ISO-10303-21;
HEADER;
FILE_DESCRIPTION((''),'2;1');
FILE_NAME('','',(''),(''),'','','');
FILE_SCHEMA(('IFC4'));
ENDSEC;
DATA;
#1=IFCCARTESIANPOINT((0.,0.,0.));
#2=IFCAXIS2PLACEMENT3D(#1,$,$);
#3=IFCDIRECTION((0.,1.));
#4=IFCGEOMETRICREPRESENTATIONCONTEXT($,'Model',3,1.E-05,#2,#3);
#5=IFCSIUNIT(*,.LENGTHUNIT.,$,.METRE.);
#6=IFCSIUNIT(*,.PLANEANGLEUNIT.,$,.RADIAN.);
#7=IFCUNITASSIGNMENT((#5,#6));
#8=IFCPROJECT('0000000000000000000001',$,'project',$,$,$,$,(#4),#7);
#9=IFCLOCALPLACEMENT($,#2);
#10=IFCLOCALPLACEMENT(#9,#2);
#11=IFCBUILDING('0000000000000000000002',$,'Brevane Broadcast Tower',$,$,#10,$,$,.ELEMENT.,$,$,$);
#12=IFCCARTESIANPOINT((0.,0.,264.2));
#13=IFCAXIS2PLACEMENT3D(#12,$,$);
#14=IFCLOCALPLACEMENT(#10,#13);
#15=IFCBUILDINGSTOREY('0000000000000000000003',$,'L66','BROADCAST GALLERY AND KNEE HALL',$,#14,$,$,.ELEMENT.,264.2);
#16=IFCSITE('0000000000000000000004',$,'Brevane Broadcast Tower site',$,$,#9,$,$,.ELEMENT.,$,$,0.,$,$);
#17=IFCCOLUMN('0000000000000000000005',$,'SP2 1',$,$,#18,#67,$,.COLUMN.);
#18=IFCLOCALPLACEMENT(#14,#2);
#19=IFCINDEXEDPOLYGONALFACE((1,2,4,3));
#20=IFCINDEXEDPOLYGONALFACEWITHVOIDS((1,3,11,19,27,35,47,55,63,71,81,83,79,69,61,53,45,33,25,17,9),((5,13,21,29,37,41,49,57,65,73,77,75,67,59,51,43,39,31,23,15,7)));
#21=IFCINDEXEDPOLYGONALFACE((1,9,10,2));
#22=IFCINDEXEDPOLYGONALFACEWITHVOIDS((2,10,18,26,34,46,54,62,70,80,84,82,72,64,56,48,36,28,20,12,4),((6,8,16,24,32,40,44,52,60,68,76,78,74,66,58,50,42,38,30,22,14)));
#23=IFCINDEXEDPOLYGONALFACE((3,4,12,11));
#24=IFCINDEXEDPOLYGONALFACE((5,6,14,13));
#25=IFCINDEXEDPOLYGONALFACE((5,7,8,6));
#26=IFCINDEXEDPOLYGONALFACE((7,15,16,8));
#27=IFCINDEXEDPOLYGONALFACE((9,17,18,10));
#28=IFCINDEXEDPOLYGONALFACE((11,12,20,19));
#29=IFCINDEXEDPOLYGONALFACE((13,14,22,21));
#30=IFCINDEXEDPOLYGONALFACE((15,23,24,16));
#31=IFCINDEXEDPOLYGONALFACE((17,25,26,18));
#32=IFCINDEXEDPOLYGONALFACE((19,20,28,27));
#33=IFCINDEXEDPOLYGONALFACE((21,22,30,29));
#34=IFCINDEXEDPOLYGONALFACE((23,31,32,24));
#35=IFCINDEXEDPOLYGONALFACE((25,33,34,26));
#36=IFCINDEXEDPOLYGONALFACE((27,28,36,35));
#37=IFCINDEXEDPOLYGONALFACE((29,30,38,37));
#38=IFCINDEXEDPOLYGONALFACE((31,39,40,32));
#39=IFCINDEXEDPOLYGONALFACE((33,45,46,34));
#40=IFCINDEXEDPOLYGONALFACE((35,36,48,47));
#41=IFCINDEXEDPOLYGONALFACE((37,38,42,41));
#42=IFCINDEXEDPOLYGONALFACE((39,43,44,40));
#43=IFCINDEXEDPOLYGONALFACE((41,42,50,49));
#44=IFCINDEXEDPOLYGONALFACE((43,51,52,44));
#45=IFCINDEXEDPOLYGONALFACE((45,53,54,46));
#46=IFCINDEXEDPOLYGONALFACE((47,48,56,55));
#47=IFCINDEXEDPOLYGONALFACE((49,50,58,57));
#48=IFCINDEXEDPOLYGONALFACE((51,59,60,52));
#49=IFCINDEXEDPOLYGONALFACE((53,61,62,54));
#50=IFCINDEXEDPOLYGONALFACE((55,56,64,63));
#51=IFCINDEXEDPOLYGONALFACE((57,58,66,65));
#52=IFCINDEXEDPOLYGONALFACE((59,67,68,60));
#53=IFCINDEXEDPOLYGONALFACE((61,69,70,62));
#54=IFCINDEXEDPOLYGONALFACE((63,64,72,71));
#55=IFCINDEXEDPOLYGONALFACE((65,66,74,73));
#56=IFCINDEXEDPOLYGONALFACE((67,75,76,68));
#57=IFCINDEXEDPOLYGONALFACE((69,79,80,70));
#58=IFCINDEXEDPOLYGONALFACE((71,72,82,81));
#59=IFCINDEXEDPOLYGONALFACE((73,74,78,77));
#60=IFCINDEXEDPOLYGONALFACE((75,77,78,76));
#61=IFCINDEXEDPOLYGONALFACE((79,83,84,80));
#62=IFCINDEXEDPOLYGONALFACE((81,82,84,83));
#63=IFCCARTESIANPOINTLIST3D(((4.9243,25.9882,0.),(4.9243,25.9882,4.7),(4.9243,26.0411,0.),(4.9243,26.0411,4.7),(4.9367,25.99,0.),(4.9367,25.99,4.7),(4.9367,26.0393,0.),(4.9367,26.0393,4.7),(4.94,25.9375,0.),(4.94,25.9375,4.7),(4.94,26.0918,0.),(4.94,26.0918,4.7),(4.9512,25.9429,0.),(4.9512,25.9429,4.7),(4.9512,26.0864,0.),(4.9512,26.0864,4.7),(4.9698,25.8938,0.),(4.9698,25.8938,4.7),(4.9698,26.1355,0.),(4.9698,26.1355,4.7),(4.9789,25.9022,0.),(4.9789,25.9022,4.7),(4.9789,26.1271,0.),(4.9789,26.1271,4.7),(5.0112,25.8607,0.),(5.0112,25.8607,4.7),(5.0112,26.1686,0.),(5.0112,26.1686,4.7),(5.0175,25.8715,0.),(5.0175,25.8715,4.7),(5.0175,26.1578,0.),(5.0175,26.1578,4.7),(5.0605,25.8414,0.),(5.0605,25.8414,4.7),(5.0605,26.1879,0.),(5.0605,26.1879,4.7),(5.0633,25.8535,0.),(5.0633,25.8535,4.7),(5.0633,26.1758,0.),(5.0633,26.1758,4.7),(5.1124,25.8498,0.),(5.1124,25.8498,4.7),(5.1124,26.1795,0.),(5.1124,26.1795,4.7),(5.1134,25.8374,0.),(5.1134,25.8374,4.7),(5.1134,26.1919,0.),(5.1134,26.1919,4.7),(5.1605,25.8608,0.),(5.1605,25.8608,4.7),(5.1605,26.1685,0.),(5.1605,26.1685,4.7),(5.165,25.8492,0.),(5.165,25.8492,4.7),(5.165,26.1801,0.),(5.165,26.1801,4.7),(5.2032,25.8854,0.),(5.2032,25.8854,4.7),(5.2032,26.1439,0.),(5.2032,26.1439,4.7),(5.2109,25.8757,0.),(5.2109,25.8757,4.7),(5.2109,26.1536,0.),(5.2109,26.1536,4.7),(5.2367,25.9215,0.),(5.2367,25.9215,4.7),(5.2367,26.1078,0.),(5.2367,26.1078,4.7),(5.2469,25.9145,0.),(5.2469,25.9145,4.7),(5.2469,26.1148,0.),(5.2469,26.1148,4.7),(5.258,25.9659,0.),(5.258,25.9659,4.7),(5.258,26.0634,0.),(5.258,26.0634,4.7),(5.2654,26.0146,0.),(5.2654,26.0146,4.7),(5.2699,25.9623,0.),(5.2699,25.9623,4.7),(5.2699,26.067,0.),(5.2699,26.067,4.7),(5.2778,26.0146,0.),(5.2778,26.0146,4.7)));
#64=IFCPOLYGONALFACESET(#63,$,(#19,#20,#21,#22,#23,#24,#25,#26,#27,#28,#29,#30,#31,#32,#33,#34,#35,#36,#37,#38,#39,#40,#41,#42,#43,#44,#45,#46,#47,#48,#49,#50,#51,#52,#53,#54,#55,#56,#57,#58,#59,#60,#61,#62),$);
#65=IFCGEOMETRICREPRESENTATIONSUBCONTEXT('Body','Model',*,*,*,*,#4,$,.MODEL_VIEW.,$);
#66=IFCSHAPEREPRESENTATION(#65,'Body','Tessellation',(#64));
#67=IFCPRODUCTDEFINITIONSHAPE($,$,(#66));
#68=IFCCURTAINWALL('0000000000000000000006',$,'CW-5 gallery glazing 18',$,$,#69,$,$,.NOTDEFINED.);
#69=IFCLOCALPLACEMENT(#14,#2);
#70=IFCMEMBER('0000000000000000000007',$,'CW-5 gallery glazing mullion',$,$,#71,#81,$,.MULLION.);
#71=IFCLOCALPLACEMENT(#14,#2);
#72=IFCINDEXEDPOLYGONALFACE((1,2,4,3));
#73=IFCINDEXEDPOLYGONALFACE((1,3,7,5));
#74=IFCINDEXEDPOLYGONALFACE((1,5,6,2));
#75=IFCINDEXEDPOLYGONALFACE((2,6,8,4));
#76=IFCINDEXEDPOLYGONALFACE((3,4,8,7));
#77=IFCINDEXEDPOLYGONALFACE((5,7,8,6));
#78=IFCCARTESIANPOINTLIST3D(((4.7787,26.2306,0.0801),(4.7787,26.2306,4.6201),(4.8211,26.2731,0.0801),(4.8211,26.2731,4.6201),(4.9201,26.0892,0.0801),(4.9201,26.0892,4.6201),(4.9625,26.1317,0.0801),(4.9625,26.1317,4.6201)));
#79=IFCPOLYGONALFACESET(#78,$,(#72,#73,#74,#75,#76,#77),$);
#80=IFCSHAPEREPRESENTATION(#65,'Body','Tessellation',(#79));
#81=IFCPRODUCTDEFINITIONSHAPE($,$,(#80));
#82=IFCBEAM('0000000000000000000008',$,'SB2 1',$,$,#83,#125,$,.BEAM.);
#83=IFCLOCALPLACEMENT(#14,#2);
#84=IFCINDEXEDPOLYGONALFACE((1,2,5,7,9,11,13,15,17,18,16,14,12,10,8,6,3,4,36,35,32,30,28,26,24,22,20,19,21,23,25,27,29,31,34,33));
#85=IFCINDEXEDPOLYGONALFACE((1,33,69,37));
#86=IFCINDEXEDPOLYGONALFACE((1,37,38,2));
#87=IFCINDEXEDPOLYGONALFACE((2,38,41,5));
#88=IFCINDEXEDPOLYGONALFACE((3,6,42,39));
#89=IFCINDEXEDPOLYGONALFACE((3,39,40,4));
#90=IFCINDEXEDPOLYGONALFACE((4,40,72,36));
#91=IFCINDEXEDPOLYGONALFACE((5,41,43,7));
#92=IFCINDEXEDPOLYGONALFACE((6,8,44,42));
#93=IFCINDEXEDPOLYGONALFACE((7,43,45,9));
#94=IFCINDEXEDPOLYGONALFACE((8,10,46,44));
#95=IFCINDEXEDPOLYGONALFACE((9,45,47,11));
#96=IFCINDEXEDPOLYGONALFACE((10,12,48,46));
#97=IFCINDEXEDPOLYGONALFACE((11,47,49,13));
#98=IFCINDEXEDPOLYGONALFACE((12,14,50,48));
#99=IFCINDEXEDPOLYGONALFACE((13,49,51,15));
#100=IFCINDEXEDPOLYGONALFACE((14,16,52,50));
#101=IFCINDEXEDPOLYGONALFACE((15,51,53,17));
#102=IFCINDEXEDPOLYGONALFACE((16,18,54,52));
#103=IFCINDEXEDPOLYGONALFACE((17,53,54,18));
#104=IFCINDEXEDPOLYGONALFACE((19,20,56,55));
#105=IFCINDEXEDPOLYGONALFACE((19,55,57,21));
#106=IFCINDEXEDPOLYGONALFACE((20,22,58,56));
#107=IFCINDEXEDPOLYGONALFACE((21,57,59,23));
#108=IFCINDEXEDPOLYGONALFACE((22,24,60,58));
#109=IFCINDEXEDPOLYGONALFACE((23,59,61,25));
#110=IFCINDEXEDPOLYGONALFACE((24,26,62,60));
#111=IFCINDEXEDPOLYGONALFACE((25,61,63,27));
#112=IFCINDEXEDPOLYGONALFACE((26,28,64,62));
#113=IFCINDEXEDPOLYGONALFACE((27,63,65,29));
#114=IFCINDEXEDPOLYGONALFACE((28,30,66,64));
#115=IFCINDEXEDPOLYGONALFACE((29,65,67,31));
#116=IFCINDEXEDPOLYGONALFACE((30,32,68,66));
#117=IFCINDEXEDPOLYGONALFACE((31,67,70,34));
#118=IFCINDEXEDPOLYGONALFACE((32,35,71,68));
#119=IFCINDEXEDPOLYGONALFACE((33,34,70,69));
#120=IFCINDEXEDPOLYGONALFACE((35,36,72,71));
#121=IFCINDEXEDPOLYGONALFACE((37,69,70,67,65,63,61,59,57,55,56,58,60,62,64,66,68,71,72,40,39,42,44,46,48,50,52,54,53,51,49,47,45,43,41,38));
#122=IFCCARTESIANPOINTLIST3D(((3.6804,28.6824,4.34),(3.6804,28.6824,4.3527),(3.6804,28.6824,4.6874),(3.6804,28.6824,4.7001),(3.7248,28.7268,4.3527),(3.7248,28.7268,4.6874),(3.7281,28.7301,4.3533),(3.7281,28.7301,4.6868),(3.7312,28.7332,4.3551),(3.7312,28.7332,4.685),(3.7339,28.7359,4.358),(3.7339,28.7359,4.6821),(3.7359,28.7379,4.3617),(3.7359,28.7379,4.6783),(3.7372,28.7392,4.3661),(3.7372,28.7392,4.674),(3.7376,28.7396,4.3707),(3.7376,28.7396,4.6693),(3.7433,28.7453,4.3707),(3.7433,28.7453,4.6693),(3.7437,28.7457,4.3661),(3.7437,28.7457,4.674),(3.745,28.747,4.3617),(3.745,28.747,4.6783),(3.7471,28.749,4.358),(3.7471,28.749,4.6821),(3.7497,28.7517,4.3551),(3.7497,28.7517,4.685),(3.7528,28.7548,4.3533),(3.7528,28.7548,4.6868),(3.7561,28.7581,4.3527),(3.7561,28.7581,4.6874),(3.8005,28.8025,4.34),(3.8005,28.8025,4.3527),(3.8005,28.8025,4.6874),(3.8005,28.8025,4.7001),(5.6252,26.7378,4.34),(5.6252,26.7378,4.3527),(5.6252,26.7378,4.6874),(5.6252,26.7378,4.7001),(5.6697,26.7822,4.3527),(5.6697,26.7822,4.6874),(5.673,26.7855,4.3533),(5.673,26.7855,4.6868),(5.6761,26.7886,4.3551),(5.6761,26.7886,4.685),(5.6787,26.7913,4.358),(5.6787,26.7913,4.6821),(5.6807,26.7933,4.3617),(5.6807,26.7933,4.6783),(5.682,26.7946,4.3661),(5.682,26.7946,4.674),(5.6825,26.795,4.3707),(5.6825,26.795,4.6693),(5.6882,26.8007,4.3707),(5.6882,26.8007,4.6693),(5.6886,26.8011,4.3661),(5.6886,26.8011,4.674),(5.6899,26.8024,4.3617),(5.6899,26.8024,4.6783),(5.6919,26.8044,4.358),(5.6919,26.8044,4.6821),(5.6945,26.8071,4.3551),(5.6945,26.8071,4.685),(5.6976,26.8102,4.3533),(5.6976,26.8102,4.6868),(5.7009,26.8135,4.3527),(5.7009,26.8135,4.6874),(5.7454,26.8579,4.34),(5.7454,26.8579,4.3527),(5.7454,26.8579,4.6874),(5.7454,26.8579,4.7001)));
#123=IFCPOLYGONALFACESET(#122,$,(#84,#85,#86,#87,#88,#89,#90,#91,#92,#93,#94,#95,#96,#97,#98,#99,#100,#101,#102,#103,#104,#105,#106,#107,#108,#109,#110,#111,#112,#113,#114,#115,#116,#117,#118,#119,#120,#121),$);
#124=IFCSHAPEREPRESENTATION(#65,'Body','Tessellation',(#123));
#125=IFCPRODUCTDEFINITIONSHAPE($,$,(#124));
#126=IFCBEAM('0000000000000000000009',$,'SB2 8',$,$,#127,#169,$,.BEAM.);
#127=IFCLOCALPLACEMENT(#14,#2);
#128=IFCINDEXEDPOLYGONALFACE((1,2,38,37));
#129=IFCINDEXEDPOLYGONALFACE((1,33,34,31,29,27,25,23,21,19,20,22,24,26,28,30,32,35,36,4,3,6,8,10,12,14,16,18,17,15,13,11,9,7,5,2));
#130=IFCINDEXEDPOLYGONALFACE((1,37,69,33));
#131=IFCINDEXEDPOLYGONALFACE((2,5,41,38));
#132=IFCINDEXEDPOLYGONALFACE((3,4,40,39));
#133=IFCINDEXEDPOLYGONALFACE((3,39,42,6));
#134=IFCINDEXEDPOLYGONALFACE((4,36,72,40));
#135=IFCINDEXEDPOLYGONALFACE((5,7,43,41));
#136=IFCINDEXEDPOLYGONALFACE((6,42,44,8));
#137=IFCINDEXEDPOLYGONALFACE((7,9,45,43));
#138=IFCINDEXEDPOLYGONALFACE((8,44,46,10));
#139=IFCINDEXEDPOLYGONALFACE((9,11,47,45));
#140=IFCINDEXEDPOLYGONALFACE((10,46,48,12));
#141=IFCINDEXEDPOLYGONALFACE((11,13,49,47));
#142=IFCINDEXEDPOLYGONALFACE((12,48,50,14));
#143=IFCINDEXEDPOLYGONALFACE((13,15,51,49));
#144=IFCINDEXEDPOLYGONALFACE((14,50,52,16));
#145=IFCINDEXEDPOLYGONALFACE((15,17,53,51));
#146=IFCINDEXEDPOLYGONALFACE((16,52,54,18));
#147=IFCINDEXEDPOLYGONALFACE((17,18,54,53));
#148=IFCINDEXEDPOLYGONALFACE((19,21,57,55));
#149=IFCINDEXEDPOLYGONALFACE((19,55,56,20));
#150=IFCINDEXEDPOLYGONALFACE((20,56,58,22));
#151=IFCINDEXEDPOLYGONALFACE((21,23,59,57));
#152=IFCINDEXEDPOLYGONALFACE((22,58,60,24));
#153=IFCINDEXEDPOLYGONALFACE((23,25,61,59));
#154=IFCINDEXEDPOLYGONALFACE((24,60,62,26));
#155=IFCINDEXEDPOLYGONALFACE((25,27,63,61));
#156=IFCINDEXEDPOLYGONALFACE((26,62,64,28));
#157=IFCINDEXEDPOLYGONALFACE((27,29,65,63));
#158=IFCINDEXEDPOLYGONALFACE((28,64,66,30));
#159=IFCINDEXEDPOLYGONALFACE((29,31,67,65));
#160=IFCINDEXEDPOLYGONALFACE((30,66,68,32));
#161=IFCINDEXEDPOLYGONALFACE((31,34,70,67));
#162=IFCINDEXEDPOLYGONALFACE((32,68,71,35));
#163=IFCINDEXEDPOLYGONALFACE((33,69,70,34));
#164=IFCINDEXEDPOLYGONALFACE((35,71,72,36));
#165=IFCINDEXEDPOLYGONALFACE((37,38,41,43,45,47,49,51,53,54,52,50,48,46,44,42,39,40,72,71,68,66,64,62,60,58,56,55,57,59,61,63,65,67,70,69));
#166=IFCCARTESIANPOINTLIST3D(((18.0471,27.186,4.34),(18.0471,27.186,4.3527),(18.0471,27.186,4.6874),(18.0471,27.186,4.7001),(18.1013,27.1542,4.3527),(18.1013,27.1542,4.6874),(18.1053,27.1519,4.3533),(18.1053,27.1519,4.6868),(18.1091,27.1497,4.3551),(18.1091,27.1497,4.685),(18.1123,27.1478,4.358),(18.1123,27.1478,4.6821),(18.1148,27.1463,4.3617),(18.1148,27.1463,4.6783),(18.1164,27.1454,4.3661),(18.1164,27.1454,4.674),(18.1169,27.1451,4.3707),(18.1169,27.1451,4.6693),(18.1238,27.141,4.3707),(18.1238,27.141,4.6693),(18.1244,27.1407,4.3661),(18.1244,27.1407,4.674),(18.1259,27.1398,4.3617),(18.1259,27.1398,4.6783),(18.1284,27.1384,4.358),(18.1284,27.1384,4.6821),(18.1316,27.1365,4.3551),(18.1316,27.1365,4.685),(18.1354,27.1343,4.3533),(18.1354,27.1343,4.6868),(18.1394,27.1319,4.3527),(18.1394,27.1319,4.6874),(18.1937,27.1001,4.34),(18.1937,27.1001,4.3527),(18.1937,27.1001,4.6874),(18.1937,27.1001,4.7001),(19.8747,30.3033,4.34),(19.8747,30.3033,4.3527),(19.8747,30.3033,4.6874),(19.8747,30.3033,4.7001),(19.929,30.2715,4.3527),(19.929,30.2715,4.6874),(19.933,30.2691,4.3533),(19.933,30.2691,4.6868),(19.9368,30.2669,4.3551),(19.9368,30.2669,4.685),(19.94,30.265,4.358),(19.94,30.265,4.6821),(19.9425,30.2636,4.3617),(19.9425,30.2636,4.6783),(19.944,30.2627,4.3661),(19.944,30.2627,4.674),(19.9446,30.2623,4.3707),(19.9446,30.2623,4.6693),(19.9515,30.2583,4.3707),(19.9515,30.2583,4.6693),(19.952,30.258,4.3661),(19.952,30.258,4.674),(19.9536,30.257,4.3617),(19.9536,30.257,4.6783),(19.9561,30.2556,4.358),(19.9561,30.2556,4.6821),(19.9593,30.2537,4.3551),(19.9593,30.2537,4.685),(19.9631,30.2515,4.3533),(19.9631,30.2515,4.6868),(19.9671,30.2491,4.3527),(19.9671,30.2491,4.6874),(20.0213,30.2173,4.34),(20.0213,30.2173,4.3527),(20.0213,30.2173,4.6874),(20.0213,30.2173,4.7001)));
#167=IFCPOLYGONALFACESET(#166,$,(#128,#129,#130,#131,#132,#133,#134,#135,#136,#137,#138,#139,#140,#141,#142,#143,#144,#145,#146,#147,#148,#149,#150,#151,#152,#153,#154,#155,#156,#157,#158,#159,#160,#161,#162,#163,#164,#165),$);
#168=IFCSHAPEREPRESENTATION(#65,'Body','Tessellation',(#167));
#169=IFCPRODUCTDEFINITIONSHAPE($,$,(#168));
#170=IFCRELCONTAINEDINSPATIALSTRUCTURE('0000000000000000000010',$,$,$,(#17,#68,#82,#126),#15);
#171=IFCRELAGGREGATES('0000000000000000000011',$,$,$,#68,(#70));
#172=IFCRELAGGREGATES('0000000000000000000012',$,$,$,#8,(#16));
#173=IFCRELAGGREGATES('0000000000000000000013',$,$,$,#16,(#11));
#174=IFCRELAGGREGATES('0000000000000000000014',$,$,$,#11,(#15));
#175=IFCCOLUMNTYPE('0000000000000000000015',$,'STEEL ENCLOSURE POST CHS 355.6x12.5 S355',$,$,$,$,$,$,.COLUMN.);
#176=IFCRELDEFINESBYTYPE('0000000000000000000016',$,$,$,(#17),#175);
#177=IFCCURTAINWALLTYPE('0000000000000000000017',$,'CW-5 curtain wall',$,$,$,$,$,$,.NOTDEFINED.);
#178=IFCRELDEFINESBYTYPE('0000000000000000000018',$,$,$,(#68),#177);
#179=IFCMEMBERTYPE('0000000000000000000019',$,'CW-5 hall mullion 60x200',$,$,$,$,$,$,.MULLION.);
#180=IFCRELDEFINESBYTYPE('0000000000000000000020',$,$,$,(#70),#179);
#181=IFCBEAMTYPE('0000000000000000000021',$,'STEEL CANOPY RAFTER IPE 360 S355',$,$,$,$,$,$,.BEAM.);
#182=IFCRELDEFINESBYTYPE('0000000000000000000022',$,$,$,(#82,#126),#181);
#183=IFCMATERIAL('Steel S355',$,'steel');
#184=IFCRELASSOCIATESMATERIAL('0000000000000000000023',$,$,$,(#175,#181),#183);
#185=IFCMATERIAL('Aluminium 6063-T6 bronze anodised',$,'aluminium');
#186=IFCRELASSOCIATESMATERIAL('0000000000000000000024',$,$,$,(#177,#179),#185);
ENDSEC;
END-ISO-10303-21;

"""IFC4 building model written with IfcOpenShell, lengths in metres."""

from ifc_helpers import new_model, si_unit, direction, frame, origin, origin_2d, place, context, subcontext, project, spatial, rectangle, hollow_circle, i_section, extrude, material, material_profile, profile_set, type_object, element, aggregate, save


model = new_model("IFC4")

# Units and contexts
model_context = context("Model", 3, precision=1e-05, world=origin(), true_north=direction((0.0, 1.0)))
body_context = subcontext(model_context, "Body", "Model", "MODEL_VIEW")
ifc_project = project(units=[si_unit("LENGTHUNIT", "METRE"), si_unit("PLANEANGLEUNIT", "RADIAN")], contexts=[model_context])

# Site, building, storey
site_placement = place(None, origin())
site = spatial("IfcSite", under=ifc_project, at=site_placement, Name="Brevane Broadcast Tower site", CompositionType="ELEMENT", RefElevation=0.0)
building_placement = place(site_placement, origin())
building = spatial("IfcBuilding", under=site, at=building_placement, Name="Brevane Broadcast Tower", CompositionType="ELEMENT")
storey_placement = place(building_placement, frame((0.0, 0.0, 264.2)))
storey = spatial("IfcBuildingStorey", under=building, at=storey_placement, Name="L66", Description="BROADCAST GALLERY AND KNEE HALL", CompositionType="ELEMENT", Elevation=264.2)

# Column
ifc_material_1 = material(Name="Steel S355", Category="steel")
ifc_material_profile_1 = material_profile(ifc_material_1, hollow_circle(Radius=0.1777, WallThickness=0.0125, at=origin_2d()), Name="CHS 355.6x12.5")
ifc_profile_set_1 = profile_set([ifc_material_profile_1], Name="Steel S355")
column_type = type_object("IfcColumnType", Name="STEEL ENCLOSURE POST CHS 355.6x12.5 S355", PredefinedType="COLUMN", material=ifc_profile_set_1)
column_placement = place(storey_placement, frame((5.1001, 26.0146, 0.0), z_axis=(0.0, 0.0, 1.0), x_axis=(1.0, 0.0, 0.0)))
element("IfcColumn", 1, at=column_placement, inside=storey, type_object=column_type, Name="SP2 1", PredefinedType="COLUMN", context=body_context, shape_type="SweptSolid", body=[
    extrude(hollow_circle(Radius=0.1777, WallThickness=0.0125, at=origin_2d()), origin(), (0.0, 0.0, 1.0), 4.7),
])

# Curtain wall, member
ifc_material_2 = material(Name="Aluminium 6063-T6 bronze anodised", Category="aluminium")
curtain_wall_type = type_object("IfcCurtainWallType", Name="CW-5 curtain wall", PredefinedType="NOTDEFINED", material=ifc_material_2)
curtain_wall_placement = place(storey_placement, origin())
curtain_wall = element("IfcCurtainWall", 2, at=curtain_wall_placement, inside=storey, type_object=curtain_wall_type, Name="CW-5 gallery glazing 18", PredefinedType="NOTDEFINED")
ifc_material_profile_2 = material_profile(ifc_material_2, rectangle(XDim=0.2, YDim=0.0601, at=origin_2d()), Name="RECT 60x200")
ifc_profile_set_2 = profile_set([ifc_material_profile_2], Name="Aluminium 6063-T6 bronze anodised")
member_type = type_object("IfcMemberType", Name="CW-5 hall mullion 60x200", PredefinedType="MULLION", material=ifc_profile_set_2)
member_placement = place(storey_placement, frame((4.8706, 26.1812, 0.0801), z_axis=(0.0, 0.0, 1.0), x_axis=(0.707107, -0.707107, 0.0)))
member = element("IfcMember", 3, at=member_placement, type_object=member_type, Name="CW-5 gallery glazing mullion", PredefinedType="MULLION", context=body_context, shape_type="SweptSolid", body=[
    extrude(rectangle(XDim=0.2, YDim=0.0601, at=origin_2d()), origin(), (0.0, 0.0, 1.0), 4.54),
])
aggregate(curtain_wall, [member])

# Beams
ifc_material_profile_3 = material_profile(ifc_material_1, i_section(OverallWidth=0.1699, OverallDepth=0.3601, WebThickness=0.0081, FlangeThickness=0.0127, FilletRadius=0.0181, at=origin_2d()), Name="IPE 360")
ifc_profile_set_3 = profile_set([ifc_material_profile_3], Name="Steel S355")
beam_type_1 = type_object("IfcBeamType", Name="STEEL CANOPY RAFTER IPE 360 S355", PredefinedType="BEAM", material=ifc_profile_set_3)
beam_1_placement = place(storey_placement, frame((5.6853, 26.7979, 4.52), z_axis=(-0.707151, 0.707062, 0.0), x_axis=(-0.707062, -0.707151, 0.0)))
element("IfcBeam", 4, at=beam_1_placement, inside=storey, type_object=beam_type_1, Name="SB2 1", PredefinedType="BEAM", context=body_context, shape_type="SweptSolid", body=[
    extrude(i_section(OverallWidth=0.1699, OverallDepth=0.3601, WebThickness=0.0081, FlangeThickness=0.0127, FilletRadius=0.0181, at=origin_2d()), origin(), (0.0, 0.0, 1.0), 2.7502),
])
beam_2_placement = place(storey_placement, frame((18.1204, 27.1431, 4.52), z_axis=(0.505785, 0.862659, 0.0), x_axis=(-0.862659, 0.505785, 0.0)))
element("IfcBeam", 5, at=beam_2_placement, inside=storey, type_object=beam_type_1, Name="SB2 8", PredefinedType="BEAM", context=body_context, shape_type="SweptSolid", body=[
    extrude(i_section(OverallWidth=0.1699, OverallDepth=0.3601, WebThickness=0.0081, FlangeThickness=0.0127, FilletRadius=0.0181, at=origin_2d()), origin(), (0.0, 0.0, 1.0), 3.6135),
])

save(model, "model.ifc")
